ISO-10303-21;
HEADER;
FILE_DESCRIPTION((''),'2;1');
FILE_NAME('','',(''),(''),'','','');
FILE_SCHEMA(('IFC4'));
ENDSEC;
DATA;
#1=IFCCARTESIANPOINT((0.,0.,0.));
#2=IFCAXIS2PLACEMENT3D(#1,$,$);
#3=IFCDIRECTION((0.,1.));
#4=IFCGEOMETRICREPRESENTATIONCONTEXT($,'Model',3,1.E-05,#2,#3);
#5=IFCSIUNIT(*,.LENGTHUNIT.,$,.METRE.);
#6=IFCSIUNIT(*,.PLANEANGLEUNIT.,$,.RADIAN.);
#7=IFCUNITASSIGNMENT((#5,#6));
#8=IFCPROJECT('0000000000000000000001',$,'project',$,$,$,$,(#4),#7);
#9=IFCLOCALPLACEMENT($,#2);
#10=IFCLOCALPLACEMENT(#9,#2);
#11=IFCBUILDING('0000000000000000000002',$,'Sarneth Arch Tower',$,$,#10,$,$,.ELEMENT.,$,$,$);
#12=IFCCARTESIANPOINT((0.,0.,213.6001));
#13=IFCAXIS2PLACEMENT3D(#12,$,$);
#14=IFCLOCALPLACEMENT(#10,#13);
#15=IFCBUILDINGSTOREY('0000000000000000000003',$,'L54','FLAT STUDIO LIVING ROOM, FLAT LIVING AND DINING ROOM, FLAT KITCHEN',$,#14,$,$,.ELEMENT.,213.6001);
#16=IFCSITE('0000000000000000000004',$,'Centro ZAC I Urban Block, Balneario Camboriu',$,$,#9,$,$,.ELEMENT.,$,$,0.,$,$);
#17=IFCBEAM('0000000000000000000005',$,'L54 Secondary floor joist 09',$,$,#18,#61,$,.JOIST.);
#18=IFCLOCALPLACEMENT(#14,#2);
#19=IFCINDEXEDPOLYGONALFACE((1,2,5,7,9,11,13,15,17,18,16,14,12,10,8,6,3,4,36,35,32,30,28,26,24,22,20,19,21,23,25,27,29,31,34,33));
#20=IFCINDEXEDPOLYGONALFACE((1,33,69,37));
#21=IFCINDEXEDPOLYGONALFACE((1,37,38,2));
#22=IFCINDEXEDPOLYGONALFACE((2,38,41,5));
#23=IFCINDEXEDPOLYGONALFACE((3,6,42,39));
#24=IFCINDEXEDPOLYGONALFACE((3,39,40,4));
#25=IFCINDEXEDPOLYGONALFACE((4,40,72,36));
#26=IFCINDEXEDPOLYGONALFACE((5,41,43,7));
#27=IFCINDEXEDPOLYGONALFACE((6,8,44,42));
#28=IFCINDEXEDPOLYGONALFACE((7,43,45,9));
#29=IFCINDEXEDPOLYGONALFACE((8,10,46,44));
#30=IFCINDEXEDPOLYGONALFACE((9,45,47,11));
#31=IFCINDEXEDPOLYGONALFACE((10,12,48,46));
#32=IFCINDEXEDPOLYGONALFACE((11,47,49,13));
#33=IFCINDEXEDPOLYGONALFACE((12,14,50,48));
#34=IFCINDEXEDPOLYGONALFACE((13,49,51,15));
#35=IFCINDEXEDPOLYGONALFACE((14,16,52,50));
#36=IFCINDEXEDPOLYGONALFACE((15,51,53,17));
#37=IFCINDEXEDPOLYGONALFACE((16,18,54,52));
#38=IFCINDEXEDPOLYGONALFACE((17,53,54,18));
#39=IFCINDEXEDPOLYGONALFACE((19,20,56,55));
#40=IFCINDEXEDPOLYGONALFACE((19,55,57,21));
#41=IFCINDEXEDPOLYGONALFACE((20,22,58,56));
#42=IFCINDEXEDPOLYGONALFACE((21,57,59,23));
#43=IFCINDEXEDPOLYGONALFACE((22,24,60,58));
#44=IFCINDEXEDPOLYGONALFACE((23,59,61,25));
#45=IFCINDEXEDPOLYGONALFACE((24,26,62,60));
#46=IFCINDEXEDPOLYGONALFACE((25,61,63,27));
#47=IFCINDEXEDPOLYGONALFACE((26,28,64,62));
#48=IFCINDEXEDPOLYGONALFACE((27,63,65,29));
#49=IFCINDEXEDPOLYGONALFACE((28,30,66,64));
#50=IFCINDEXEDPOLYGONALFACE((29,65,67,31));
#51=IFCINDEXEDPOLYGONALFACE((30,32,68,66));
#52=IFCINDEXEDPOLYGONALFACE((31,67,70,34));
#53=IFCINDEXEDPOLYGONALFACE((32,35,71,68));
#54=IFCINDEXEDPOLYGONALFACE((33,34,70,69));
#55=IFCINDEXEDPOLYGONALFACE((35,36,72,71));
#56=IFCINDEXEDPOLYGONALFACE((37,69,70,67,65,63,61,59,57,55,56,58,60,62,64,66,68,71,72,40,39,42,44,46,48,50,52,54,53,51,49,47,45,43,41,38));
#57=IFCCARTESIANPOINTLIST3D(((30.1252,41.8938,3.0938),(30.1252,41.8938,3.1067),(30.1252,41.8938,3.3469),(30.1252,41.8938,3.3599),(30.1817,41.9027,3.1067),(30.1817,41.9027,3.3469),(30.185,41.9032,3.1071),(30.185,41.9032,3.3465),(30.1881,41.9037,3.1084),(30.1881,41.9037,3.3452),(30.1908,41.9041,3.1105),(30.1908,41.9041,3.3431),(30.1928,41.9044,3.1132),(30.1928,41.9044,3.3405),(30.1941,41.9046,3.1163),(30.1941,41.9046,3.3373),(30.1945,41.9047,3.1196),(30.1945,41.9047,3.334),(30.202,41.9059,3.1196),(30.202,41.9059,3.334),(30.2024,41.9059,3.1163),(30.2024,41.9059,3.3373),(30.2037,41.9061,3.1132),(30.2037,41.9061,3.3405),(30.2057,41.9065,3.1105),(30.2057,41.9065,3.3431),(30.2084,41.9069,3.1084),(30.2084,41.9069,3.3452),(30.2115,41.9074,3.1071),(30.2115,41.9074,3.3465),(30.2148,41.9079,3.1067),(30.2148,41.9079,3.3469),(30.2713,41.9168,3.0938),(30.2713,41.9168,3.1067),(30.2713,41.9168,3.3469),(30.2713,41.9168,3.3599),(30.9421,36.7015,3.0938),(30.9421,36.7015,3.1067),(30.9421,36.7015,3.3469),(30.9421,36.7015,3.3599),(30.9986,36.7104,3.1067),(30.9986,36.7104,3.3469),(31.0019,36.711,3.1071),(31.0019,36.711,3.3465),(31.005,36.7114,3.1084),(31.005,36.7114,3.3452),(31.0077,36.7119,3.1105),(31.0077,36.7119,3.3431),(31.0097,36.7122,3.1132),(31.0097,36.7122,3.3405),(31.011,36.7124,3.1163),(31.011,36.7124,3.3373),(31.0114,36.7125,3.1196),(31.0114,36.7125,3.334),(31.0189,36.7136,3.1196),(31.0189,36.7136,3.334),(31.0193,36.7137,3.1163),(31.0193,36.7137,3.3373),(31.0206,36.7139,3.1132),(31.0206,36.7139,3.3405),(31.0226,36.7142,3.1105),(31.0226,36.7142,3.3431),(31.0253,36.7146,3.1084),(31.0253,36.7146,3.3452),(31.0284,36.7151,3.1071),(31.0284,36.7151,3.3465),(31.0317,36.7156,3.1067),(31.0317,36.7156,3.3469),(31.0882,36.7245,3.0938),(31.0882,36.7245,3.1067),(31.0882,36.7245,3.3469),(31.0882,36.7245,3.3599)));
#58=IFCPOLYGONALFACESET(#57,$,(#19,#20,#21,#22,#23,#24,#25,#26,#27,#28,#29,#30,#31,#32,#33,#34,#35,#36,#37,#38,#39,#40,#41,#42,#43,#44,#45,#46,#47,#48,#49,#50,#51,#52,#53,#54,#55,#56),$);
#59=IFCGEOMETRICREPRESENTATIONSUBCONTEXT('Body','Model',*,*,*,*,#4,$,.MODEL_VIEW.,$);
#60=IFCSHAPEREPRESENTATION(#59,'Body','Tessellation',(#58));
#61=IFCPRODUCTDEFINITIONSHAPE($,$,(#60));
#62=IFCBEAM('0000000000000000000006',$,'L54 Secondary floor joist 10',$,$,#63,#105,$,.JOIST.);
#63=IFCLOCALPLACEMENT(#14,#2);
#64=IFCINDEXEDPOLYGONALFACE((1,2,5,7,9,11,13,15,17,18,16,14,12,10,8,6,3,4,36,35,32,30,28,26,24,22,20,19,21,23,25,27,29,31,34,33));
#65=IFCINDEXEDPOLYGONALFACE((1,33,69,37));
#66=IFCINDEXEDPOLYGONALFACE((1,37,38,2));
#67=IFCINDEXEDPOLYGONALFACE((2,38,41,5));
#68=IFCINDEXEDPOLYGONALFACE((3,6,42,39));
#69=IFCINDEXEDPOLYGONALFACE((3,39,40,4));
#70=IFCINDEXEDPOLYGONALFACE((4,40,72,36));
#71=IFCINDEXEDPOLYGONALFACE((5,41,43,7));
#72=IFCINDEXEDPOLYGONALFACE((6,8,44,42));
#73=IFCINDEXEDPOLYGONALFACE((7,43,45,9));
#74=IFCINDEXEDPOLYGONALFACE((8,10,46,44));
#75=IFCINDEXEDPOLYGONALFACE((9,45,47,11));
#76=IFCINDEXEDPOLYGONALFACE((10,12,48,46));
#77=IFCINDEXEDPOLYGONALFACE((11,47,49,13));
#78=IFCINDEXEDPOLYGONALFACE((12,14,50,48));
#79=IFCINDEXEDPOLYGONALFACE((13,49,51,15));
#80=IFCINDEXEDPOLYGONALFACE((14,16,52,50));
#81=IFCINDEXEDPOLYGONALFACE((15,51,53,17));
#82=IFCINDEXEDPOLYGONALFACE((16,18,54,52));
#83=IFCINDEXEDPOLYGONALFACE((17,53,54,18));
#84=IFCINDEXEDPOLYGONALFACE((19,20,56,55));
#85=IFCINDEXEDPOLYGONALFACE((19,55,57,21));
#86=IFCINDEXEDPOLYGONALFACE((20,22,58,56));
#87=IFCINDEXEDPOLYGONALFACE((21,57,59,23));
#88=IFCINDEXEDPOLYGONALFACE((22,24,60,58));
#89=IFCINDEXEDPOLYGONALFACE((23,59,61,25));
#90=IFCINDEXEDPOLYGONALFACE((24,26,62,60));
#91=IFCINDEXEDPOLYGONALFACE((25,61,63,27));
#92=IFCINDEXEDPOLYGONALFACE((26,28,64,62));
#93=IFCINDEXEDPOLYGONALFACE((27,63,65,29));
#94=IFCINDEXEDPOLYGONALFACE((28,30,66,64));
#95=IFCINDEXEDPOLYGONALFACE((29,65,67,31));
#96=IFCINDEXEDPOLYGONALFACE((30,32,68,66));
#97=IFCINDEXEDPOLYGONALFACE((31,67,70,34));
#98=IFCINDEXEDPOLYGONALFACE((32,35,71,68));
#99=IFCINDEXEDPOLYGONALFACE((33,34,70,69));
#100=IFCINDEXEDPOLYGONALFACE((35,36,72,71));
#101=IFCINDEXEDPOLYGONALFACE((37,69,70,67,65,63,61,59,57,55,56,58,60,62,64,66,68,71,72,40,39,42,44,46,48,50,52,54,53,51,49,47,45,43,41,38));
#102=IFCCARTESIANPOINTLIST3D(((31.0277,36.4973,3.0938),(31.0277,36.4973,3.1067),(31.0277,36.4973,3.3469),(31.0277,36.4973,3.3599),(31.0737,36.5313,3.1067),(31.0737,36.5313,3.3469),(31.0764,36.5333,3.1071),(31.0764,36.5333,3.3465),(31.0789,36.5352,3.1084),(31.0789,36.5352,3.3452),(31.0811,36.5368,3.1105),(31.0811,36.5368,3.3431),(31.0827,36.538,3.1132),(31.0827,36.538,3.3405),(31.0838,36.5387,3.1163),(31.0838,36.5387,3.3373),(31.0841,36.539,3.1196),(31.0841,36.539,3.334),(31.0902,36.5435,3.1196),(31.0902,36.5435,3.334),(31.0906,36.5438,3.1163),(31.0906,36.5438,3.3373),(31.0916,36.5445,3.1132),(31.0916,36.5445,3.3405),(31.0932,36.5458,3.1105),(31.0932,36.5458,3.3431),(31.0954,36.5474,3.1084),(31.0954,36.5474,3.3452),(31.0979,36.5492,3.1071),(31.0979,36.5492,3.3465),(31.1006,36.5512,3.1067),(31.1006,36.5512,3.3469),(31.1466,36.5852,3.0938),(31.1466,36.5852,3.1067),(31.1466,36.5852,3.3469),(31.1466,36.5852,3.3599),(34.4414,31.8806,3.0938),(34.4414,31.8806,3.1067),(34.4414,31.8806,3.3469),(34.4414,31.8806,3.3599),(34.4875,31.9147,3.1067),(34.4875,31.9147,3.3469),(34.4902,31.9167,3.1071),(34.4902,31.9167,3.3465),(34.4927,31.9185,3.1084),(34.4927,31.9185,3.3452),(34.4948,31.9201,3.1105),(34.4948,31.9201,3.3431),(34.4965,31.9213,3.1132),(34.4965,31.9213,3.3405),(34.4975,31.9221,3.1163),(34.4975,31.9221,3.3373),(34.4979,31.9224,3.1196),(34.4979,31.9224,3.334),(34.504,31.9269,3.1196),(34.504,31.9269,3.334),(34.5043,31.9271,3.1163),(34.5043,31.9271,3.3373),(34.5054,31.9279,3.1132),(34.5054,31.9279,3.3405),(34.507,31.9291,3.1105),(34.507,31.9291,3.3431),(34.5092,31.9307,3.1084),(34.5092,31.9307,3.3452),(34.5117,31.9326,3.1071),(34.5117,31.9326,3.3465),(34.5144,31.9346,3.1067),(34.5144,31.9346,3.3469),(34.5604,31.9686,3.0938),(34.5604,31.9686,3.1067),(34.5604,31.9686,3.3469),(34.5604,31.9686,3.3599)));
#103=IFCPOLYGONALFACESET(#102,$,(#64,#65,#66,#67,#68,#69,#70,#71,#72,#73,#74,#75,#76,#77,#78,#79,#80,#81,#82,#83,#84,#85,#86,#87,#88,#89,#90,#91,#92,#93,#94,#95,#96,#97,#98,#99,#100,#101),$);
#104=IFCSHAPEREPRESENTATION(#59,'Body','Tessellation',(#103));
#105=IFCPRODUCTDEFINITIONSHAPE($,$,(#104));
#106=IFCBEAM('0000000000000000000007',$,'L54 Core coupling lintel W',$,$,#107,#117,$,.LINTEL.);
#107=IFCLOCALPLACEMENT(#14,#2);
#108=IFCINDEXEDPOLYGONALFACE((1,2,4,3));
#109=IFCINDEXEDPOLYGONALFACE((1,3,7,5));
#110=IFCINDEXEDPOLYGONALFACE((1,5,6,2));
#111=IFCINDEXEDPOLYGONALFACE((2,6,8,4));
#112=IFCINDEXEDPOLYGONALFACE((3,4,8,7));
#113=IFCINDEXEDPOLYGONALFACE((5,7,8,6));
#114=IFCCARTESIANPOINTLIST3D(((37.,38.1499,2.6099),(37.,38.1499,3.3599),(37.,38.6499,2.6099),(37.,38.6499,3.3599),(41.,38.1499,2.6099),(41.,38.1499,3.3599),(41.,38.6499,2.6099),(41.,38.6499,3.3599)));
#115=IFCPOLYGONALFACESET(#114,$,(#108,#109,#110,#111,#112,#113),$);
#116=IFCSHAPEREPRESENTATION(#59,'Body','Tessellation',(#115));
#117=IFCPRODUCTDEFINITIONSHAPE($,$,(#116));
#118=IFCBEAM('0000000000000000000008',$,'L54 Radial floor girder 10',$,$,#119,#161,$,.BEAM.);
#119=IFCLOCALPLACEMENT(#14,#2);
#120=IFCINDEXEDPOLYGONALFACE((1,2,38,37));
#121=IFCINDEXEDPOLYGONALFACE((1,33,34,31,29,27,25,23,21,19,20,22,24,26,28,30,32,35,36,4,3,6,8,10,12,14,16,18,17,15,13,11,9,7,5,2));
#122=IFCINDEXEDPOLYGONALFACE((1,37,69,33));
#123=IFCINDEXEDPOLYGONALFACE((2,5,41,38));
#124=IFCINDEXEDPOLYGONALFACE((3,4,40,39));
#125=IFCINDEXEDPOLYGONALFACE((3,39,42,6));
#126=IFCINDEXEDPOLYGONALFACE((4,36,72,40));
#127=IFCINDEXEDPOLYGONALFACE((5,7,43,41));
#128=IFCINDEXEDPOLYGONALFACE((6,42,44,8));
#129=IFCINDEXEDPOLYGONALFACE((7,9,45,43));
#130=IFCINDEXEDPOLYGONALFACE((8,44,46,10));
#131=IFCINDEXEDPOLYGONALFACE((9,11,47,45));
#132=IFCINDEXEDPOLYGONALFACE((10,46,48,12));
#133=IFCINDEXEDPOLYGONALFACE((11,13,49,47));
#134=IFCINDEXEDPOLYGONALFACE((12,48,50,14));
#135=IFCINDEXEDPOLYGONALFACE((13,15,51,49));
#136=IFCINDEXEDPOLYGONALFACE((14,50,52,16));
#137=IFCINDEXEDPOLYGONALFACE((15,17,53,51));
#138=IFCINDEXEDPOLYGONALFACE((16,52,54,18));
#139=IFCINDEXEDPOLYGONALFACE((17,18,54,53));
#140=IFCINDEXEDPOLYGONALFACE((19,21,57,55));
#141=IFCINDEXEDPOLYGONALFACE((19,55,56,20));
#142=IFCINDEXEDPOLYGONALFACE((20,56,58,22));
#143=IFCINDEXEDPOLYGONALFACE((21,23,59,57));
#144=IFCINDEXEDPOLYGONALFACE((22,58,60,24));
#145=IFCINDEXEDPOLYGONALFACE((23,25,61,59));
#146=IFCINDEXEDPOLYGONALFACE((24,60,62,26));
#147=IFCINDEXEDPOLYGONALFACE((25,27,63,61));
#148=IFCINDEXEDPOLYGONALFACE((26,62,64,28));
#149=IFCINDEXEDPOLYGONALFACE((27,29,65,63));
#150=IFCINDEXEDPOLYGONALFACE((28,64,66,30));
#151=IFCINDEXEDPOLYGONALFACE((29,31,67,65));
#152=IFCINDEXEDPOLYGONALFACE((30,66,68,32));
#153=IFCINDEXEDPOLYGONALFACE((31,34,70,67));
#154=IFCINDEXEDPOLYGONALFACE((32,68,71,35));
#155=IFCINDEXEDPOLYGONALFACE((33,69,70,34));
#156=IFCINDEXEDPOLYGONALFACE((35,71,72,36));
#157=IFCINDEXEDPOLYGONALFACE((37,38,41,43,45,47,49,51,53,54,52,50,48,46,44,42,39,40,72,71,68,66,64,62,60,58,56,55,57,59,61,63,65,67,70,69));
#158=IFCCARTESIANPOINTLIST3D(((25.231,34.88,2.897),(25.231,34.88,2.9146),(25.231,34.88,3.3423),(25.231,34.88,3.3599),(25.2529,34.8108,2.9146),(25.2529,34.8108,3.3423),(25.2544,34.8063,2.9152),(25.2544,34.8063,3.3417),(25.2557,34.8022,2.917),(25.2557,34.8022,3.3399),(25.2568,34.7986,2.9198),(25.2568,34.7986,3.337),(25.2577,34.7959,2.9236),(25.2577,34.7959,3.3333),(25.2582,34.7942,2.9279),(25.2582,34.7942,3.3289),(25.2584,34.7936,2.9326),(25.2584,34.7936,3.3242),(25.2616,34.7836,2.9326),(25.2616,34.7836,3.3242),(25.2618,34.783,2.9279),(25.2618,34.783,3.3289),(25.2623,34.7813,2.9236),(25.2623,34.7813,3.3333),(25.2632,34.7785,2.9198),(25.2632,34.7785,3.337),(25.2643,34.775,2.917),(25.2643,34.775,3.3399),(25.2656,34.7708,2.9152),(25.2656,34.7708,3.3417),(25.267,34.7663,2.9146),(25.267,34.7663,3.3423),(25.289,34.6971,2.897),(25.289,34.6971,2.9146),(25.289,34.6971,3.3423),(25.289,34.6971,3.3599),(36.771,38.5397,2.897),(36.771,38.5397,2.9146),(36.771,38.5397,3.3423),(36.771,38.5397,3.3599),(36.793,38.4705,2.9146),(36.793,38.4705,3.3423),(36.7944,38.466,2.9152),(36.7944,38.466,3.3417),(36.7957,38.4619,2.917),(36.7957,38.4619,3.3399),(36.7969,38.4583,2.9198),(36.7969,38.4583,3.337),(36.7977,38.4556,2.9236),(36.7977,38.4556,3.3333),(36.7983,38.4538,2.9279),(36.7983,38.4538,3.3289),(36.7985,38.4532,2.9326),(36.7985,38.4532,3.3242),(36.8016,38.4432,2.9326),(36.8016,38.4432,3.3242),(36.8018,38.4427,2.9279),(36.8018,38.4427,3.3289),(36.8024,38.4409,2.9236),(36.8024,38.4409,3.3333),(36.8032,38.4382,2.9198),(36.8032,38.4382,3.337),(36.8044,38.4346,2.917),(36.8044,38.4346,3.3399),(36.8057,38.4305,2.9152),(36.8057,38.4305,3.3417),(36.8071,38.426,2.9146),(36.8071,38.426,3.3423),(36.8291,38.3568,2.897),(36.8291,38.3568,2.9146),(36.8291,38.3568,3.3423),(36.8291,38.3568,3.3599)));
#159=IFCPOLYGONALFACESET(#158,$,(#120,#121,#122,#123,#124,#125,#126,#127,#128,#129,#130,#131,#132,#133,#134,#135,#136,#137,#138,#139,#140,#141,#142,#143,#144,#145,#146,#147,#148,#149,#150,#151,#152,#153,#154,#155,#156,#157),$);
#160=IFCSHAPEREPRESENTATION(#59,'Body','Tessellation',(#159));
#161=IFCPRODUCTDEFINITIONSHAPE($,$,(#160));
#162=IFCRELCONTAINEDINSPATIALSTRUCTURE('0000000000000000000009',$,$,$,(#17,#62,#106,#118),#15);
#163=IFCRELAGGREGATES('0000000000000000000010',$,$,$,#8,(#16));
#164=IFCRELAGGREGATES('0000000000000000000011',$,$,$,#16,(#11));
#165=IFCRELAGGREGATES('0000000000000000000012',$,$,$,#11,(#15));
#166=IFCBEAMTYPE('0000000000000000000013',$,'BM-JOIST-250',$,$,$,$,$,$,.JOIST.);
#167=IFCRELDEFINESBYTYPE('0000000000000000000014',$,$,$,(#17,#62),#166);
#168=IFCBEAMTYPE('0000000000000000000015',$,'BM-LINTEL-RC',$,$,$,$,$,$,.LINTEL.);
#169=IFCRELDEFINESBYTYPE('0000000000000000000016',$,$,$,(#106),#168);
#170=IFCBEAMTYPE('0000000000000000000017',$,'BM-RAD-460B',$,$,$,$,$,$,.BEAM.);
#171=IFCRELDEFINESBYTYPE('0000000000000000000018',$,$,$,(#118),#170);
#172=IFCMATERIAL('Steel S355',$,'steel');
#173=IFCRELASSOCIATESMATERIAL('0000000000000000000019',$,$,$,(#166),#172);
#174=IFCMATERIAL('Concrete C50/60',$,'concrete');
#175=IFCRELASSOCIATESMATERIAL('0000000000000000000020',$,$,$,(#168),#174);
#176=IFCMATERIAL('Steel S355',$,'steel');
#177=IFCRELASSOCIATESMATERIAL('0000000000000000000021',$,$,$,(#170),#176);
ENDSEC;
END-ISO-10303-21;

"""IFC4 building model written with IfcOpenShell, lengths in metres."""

from ifc_helpers import new_model, si_unit, direction, frame, origin, origin_2d, place, context, subcontext, project, spatial, rectangle, i_section, extrude, material, material_profile, profile_set, type_object, element, save


model = new_model("IFC4")

# Units and contexts
model_context = context("Model", 3, precision=1e-05, world=origin(), true_north=direction((0.0, 1.0)))
body_context = subcontext(model_context, "Body", "Model", "MODEL_VIEW")
ifc_project = project(units=[si_unit("LENGTHUNIT", "METRE"), si_unit("PLANEANGLEUNIT", "RADIAN")], contexts=[model_context])

# Site, building, storey
site_placement = place(None, origin())
site = spatial("IfcSite", under=ifc_project, at=site_placement, Name="Centro ZAC I Urban Block, Balneario Camboriu", CompositionType="ELEMENT", RefElevation=0.0)
building_placement = place(site_placement, origin())
building = spatial("IfcBuilding", under=site, at=building_placement, Name="Sarneth Arch Tower", CompositionType="ELEMENT")
storey_placement = place(building_placement, frame((0.0, 0.0, 213.6001)))
storey = spatial("IfcBuildingStorey", under=building, at=storey_placement, Name="L54", Description="FLAT STUDIO LIVING ROOM, FLAT LIVING AND DINING ROOM, FLAT KITCHEN", CompositionType="ELEMENT", Elevation=213.6001)

# Beams
ifc_material_1 = material(Name="Steel S355", Category="steel")
ifc_material_profile_1 = material_profile(ifc_material_1, i_section(OverallWidth=0.1479, OverallDepth=0.2661, WebThickness=0.0076, FlangeThickness=0.0129, FilletRadius=0.0129, at=origin_2d()), Name="W250x44.8")
ifc_profile_set_1 = profile_set([ifc_material_profile_1], Name="Steel S355")
beam_type_1 = type_object("IfcBeamType", Name="BM-JOIST-250", PredefinedType="JOIST", material=ifc_profile_set_1)
beam_1_placement = place(storey_placement, frame((30.1982, 41.9053, 3.2268), z_axis=(0.155421, -0.987848, 0.0), x_axis=(0.987848, 0.155421, 0.0)))
element("IfcBeam", 1, at=beam_1_placement, inside=storey, type_object=beam_type_1, Name="L54 Secondary floor joist 09", PredefinedType="JOIST", context=body_context, shape_type="SweptSolid", body=[
    extrude(i_section(OverallWidth=0.1479, OverallDepth=0.2661, WebThickness=0.0076, FlangeThickness=0.0129, FilletRadius=0.0129, at=origin_2d()), origin(), (0.0, 0.0, 1.0), 5.2561),
])
beam_2_placement = place(storey_placement, frame((31.0872, 36.5413, 3.2268), z_axis=(0.594557, -0.804053, 0.0), x_axis=(0.804053, 0.594557, 0.0)))
element("IfcBeam", 2, at=beam_2_placement, inside=storey, type_object=beam_type_1, Name="L54 Secondary floor joist 10", PredefinedType="JOIST", context=body_context, shape_type="SweptSolid", body=[
    extrude(i_section(OverallWidth=0.1479, OverallDepth=0.2661, WebThickness=0.0076, FlangeThickness=0.0129, FilletRadius=0.0129, at=origin_2d()), origin(), (0.0, 0.0, 1.0), 5.7417),
])
ifc_material_2 = material(Name="Concrete C50/60", Category="concrete")
ifc_material_profile_2 = material_profile(ifc_material_2, rectangle(XDim=0.5, YDim=0.75, at=origin_2d()), Name="RC-500x750")
ifc_profile_set_2 = profile_set([ifc_material_profile_2], Name="Concrete C50/60")
beam_type_2 = type_object("IfcBeamType", Name="BM-LINTEL-RC", PredefinedType="LINTEL", material=ifc_profile_set_2)
beam_3_placement = place(storey_placement, frame((37.0, 38.3999, 2.9849), z_axis=(1.0, 0.0, 0.0), x_axis=(0.0, 1.0, 0.0)))
element("IfcBeam", 3, at=beam_3_placement, inside=storey, type_object=beam_type_2, Name="L54 Core coupling lintel W", PredefinedType="LINTEL", context=body_context, shape_type="SweptSolid", body=[
    extrude(rectangle(XDim=0.5, YDim=0.75, at=origin_2d()), origin(), (0.0, 0.0, 1.0), 4.0),
])
ifc_material_3 = material(Name="Steel S355", Category="steel")
ifc_material_profile_3 = material_profile(ifc_material_3, i_section(OverallWidth=0.1919, OverallDepth=0.4629, WebThickness=0.0105, FlangeThickness=0.0176, FilletRadius=0.0181, at=origin_2d()), Name="W460x89")
ifc_profile_set_3 = profile_set([ifc_material_profile_3], Name="Steel S355")
beam_type_3 = type_object("IfcBeamType", Name="BM-RAD-460B", PredefinedType="BEAM", material=ifc_profile_set_3)
beam_4_placement = place(storey_placement, frame((36.8, 38.4482, 3.1284), z_axis=(-0.953216, -0.302291, 0.0), x_axis=(0.302291, -0.953216, 0.0)))
element("IfcBeam", 4, at=beam_4_placement, inside=storey, type_object=beam_type_3, Name="L54 Radial floor girder 10", PredefinedType="BEAM", context=body_context, shape_type="SweptSolid", body=[
    extrude(i_section(OverallWidth=0.1919, OverallDepth=0.4629, WebThickness=0.0105, FlangeThickness=0.0176, FilletRadius=0.0181, at=origin_2d()), origin(), (0.0, 0.0, 1.0), 12.1064),
])

save(model, "model.ifc")
